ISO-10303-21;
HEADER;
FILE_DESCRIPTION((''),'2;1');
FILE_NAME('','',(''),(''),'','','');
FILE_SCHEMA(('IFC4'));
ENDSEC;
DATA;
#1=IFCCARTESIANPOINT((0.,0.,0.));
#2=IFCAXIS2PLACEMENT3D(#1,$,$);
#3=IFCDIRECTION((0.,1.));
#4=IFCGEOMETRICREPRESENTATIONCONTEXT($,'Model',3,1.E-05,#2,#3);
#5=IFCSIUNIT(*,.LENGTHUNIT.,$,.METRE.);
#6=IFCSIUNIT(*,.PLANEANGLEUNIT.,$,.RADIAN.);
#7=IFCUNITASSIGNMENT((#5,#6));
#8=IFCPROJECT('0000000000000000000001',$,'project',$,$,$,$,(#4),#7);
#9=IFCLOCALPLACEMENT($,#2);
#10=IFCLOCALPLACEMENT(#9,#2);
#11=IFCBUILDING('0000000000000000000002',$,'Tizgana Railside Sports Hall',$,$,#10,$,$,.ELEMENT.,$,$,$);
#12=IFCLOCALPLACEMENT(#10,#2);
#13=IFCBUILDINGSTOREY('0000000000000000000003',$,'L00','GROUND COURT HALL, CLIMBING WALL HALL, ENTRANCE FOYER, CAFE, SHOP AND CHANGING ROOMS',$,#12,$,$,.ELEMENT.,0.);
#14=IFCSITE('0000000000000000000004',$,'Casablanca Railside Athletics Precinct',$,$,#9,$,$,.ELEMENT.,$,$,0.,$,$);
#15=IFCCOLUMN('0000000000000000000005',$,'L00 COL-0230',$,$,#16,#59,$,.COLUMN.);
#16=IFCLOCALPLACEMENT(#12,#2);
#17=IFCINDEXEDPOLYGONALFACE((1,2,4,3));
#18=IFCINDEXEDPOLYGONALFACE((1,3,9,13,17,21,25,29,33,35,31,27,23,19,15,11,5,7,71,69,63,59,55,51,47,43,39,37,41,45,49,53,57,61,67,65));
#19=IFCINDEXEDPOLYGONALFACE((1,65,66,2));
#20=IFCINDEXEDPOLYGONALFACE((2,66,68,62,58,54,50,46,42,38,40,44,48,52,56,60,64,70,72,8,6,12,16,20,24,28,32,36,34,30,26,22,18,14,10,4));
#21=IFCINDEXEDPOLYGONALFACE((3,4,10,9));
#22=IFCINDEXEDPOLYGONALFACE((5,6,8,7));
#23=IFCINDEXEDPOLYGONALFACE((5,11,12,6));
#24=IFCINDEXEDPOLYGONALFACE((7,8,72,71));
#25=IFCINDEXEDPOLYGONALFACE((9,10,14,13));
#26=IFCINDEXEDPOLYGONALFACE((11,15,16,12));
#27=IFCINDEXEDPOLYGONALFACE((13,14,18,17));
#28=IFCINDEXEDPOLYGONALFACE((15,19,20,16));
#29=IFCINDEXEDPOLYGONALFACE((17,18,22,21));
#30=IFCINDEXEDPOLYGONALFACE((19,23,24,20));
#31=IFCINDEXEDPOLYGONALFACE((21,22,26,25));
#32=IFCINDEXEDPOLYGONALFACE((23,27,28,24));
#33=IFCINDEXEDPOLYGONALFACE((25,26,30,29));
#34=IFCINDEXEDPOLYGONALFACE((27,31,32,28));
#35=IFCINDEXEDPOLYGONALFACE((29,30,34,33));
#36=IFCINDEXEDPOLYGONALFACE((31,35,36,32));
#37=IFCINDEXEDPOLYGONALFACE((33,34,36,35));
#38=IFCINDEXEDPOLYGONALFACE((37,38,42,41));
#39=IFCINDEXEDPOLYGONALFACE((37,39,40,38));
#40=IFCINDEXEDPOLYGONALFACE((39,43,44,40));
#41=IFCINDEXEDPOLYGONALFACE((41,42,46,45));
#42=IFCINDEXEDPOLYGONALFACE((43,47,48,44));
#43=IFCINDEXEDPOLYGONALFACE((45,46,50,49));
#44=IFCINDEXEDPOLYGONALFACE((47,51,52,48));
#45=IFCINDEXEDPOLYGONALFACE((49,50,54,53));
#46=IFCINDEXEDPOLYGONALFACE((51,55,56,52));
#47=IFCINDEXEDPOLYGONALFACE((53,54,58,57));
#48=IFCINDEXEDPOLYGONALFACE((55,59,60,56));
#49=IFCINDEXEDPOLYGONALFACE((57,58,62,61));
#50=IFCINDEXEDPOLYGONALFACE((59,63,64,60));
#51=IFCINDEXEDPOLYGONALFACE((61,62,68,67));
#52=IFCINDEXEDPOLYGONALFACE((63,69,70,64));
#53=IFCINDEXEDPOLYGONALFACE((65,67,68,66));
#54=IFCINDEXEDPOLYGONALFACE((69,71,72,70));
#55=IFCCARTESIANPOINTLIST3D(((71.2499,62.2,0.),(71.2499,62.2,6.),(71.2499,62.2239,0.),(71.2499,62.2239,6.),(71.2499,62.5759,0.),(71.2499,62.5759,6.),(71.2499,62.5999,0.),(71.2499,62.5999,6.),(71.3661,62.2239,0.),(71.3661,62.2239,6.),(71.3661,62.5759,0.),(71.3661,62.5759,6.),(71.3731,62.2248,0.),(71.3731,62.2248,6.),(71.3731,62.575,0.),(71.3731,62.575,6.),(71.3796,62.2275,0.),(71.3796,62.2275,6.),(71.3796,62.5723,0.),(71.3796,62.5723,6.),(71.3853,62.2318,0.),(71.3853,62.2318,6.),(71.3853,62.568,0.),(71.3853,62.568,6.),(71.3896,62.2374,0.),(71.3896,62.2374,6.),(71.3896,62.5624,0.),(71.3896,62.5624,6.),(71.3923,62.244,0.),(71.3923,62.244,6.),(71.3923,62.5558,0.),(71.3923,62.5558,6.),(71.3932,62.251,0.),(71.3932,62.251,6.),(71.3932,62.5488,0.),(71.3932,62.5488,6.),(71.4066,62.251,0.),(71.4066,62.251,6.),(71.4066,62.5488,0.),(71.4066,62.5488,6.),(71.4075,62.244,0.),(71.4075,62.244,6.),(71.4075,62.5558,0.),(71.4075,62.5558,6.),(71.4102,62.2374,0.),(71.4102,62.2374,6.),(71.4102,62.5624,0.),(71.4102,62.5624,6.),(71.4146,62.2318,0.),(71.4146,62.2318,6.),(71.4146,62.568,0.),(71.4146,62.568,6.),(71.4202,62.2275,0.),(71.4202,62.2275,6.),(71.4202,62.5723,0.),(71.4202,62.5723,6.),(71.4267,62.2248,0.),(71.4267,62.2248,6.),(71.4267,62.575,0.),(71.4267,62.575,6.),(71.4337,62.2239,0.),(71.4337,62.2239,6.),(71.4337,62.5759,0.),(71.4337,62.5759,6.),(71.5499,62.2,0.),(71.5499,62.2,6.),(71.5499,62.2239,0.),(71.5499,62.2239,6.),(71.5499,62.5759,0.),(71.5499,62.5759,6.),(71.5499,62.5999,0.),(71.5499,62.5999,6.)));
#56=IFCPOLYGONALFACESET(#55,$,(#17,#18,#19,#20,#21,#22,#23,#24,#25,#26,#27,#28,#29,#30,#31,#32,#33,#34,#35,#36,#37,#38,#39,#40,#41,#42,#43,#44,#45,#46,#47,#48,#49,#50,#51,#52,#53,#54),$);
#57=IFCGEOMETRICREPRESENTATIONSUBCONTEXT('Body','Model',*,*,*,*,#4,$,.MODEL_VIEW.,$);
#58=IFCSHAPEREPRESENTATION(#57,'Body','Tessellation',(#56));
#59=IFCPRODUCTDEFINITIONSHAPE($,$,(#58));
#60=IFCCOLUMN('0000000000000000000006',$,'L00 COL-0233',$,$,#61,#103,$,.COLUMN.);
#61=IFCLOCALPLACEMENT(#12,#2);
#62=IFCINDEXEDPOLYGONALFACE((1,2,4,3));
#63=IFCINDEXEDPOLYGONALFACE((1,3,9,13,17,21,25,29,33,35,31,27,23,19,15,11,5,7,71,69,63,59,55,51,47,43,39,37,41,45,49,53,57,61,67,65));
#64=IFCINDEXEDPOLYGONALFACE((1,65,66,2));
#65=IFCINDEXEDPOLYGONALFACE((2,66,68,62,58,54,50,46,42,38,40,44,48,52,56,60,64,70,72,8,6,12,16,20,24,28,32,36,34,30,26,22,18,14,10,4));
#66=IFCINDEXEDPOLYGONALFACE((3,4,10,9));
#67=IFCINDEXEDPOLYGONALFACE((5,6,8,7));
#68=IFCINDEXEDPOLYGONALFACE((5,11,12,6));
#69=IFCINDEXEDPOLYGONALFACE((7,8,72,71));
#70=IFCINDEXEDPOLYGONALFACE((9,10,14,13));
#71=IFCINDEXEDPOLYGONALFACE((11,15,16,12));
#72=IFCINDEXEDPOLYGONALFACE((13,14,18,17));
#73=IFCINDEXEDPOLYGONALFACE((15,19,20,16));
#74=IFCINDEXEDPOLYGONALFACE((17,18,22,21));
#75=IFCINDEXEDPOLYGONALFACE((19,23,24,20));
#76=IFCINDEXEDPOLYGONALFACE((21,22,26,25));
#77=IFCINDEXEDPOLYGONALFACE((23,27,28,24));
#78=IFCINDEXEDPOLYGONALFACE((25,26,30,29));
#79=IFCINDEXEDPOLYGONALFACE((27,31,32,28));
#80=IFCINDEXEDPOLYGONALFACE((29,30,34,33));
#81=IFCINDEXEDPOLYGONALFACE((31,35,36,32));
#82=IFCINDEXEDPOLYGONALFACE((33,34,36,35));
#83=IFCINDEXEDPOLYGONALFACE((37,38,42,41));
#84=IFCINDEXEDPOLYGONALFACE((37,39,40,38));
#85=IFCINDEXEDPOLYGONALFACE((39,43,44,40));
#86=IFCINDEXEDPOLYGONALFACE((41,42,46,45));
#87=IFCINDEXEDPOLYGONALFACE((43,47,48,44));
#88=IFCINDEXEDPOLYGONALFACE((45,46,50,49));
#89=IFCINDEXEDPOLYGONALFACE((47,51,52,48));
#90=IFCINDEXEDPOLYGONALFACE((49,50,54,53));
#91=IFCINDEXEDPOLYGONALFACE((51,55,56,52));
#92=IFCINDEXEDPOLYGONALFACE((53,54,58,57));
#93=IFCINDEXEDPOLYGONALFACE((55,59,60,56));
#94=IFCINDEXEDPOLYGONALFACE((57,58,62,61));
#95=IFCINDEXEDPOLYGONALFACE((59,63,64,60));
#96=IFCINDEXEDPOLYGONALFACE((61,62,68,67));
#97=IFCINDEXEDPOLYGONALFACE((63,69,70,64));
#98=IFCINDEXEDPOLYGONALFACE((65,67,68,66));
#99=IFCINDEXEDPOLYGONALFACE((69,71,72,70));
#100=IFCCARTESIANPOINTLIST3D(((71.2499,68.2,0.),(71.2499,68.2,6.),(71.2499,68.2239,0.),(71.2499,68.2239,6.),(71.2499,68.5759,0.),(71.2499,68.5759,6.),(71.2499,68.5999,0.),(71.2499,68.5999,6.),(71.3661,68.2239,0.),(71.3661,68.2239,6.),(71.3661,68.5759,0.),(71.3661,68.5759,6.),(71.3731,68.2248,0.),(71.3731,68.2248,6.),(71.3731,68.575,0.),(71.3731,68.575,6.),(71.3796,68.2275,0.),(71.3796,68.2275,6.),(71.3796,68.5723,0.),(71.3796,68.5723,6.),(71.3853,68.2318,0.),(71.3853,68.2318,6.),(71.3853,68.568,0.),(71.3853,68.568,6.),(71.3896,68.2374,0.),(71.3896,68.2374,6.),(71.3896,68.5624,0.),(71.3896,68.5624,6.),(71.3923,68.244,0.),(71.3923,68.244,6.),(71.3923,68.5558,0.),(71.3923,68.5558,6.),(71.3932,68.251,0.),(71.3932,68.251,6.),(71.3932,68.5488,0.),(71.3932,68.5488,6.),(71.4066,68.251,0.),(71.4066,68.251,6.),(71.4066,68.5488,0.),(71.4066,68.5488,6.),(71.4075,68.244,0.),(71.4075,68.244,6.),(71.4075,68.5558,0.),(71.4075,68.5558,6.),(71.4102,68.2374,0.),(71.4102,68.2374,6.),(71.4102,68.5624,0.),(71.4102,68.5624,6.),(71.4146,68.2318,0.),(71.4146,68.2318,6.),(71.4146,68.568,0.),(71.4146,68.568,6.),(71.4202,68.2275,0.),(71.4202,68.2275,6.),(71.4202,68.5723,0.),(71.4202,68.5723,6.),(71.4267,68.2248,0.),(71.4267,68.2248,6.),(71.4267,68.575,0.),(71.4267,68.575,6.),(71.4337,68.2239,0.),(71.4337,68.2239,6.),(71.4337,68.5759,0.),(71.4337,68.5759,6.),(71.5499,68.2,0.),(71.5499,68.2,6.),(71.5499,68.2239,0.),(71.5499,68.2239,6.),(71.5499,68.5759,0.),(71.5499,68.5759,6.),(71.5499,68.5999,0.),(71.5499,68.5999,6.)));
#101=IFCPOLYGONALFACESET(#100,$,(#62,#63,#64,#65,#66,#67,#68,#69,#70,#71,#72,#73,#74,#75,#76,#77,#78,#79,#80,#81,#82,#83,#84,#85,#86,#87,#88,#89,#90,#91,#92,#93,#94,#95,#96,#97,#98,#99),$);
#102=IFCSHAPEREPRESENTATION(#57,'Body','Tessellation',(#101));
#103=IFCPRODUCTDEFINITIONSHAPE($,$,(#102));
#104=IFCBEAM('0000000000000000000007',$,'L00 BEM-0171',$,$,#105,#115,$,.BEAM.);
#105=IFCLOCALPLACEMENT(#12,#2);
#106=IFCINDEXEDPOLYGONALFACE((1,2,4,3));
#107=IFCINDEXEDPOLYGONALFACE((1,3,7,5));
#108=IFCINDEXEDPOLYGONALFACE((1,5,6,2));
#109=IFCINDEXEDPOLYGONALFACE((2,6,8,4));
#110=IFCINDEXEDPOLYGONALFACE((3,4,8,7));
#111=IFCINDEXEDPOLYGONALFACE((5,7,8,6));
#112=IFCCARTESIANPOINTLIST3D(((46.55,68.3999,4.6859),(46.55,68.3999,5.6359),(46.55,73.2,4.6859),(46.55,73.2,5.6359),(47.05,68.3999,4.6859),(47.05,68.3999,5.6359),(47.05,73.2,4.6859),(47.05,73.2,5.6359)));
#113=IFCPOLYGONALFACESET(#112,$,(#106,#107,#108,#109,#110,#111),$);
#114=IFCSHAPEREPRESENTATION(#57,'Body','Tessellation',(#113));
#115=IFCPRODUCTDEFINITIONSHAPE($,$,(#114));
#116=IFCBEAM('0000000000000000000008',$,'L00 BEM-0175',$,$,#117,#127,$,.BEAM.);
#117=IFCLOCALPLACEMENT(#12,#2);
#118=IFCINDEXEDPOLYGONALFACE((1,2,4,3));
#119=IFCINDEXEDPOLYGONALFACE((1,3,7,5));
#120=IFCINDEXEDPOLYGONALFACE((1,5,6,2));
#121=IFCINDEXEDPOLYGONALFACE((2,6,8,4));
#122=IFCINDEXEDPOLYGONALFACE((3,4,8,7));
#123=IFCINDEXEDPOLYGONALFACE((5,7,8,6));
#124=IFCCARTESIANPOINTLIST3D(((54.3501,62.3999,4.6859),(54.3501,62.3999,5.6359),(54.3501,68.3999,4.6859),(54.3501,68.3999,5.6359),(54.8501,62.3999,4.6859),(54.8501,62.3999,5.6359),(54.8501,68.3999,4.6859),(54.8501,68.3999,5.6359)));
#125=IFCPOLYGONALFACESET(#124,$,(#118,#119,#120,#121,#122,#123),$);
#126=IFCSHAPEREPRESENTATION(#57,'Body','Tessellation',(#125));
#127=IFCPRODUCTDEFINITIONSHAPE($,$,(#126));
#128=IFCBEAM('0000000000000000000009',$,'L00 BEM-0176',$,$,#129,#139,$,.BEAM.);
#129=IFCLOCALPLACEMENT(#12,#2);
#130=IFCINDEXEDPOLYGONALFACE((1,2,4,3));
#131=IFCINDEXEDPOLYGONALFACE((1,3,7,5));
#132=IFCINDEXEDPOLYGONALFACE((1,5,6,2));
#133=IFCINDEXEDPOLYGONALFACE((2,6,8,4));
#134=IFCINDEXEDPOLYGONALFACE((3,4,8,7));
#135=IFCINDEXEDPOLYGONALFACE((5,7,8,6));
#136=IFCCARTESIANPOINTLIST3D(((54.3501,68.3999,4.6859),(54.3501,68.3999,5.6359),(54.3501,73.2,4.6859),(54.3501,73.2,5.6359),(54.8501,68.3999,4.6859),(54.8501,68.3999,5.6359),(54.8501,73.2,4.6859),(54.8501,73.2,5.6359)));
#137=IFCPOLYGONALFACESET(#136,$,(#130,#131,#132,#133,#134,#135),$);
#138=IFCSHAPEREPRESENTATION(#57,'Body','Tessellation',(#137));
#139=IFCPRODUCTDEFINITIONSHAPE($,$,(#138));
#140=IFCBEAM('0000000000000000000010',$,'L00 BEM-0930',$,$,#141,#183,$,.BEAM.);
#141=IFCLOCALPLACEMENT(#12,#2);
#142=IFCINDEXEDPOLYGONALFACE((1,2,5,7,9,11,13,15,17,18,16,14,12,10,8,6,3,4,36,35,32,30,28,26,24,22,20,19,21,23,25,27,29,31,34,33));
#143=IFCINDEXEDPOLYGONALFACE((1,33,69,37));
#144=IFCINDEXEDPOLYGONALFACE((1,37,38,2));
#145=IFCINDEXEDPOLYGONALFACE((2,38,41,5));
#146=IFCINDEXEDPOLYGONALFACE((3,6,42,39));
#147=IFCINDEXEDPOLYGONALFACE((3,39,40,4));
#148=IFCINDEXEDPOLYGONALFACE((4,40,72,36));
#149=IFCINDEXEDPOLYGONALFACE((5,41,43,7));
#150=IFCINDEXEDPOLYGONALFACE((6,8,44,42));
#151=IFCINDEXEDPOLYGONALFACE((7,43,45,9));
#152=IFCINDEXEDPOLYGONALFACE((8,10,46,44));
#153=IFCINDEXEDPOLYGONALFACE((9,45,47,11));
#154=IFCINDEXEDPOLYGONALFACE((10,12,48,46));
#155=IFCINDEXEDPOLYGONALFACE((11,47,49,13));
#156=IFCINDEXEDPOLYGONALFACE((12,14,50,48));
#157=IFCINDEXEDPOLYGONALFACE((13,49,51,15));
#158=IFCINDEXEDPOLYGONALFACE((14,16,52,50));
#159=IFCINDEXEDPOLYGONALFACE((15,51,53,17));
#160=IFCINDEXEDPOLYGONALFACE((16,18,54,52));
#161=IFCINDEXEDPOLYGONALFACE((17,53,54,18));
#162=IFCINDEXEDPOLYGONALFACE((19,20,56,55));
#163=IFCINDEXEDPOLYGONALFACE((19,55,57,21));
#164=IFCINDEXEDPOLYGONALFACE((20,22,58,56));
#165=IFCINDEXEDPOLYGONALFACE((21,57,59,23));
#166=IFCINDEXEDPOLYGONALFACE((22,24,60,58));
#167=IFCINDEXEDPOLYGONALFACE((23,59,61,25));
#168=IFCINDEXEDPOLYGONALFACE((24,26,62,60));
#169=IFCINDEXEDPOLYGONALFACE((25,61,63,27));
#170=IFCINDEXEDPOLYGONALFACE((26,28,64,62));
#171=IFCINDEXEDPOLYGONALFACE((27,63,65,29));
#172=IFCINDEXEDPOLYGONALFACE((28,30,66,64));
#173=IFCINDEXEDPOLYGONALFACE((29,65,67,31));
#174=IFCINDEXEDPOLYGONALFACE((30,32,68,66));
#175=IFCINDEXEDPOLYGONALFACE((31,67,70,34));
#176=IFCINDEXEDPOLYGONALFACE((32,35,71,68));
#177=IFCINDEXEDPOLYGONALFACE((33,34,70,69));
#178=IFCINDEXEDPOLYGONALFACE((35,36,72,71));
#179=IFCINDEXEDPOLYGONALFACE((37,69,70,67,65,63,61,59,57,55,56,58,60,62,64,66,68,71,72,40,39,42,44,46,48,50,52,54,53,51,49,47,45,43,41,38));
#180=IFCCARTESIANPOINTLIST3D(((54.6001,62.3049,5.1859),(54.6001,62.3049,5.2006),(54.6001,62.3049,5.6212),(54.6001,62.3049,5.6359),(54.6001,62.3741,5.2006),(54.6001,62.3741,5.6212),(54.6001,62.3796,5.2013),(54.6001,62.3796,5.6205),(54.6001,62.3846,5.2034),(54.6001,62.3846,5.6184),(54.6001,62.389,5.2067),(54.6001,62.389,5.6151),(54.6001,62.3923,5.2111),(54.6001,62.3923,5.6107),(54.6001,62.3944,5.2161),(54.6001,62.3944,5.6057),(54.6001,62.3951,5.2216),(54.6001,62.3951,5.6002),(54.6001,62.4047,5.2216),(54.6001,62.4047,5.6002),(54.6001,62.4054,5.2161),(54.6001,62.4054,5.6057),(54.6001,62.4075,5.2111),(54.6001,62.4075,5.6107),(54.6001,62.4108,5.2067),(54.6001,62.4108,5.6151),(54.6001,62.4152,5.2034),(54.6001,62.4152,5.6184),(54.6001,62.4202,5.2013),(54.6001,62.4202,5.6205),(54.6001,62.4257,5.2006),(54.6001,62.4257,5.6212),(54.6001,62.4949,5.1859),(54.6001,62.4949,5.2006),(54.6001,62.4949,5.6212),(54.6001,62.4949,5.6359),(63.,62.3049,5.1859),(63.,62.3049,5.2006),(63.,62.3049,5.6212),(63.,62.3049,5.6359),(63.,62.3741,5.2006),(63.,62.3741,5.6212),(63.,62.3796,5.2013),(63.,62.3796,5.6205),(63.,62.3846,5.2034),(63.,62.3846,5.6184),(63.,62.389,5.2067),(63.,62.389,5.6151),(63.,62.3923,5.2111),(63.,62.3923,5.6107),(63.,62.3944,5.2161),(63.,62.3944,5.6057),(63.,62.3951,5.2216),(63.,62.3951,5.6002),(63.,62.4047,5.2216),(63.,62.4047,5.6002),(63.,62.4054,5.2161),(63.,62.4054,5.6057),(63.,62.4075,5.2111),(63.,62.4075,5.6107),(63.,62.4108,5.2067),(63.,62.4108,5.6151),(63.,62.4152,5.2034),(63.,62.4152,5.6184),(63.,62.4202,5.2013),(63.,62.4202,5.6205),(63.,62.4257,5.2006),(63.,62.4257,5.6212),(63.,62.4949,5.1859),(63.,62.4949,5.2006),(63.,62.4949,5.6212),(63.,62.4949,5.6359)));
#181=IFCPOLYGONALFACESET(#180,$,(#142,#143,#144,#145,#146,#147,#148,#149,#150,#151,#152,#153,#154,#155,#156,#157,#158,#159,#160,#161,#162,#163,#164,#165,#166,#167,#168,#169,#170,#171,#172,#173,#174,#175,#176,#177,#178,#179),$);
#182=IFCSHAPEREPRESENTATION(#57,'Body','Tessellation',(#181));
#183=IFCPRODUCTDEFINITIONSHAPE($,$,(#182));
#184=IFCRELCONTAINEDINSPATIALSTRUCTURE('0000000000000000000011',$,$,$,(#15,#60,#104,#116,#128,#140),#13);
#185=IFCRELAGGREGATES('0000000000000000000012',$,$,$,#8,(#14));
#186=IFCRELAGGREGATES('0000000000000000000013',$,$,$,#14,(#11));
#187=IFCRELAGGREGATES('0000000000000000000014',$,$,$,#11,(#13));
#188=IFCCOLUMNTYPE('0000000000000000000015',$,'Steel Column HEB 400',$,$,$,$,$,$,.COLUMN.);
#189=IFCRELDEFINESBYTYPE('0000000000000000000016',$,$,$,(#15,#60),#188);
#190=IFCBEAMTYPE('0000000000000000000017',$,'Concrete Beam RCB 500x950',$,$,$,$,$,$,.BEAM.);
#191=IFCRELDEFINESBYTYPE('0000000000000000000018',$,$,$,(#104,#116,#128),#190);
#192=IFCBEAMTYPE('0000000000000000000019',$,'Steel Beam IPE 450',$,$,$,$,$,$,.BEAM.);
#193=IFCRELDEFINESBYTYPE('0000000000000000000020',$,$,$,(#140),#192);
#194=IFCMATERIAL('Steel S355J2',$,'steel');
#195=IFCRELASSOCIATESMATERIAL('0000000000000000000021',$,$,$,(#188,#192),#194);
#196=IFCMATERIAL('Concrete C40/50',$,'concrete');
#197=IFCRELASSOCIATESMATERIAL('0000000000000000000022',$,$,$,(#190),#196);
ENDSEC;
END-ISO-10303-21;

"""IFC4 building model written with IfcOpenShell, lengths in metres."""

from ifc_helpers import new_model, si_unit, direction, frame, origin, origin_2d, place, context, subcontext, project, spatial, rectangle, i_section, extrude, material, material_profile, profile_set, type_object, element, save


model = new_model("IFC4")

# Units and contexts
model_context = context("Model", 3, precision=1e-05, world=origin(), true_north=direction((0.0, 1.0)))
body_context = subcontext(model_context, "Body", "Model", "MODEL_VIEW")
ifc_project = project(units=[si_unit("LENGTHUNIT", "METRE"), si_unit("PLANEANGLEUNIT", "RADIAN")], contexts=[model_context])

# Site, building, storey
site_placement = place(None, origin())
site = spatial("IfcSite", under=ifc_project, at=site_placement, Name="Casablanca Railside Athletics Precinct", CompositionType="ELEMENT", RefElevation=0.0)
building_placement = place(site_placement, origin())
building = spatial("IfcBuilding", under=site, at=building_placement, Name="Tizgana Railside Sports Hall", CompositionType="ELEMENT")
storey_placement = place(building_placement, origin())
storey = spatial("IfcBuildingStorey", under=building, at=storey_placement, Name="L00", Description="GROUND COURT HALL, CLIMBING WALL HALL, ENTRANCE FOYER, CAFE, SHOP AND CHANGING ROOMS", CompositionType="ELEMENT", Elevation=0.0)

# Columns
ifc_material_1 = material(Name="Concrete C40/50", Category="concrete")
ifc_material_2 = material(Name="Steel S355J2", Category="steel")
ifc_material_profile_1 = material_profile(ifc_material_2, i_section(OverallWidth=0.3, OverallDepth=0.3999, WebThickness=0.0134, FlangeThickness=0.0239, FilletRadius=0.0271, at=origin_2d()), Name="HEB 400")
ifc_profile_set_1 = profile_set([ifc_material_profile_1], Name="Steel S355J2")
column_type_1 = type_object("IfcColumnType", Name="Steel Column HEB 400", PredefinedType="COLUMN", material=ifc_profile_set_1)
for number, where, z_axis, x_axis, name in (
    (1, (71.3999, 62.3999, 0.0), (0.0, 0.0, 1.0), (1.0, 0.0, 0.0), "L00 COL-0230"),
    (2, (71.3999, 68.3999, 0.0), (0.0, 0.0, 1.0), (1.0, 0.0, 0.0), "L00 COL-0233"),
):
    element("IfcColumn", number, at=place(storey_placement, frame(where, z_axis=z_axis, x_axis=x_axis)), inside=storey, type_object=column_type_1, Name=name, PredefinedType="COLUMN", context=body_context, shape_type="SweptSolid", body=[
        extrude(i_section(OverallWidth=0.3, OverallDepth=0.3999, WebThickness=0.0134, FlangeThickness=0.0239, FilletRadius=0.0271, at=origin_2d()), origin(), (0.0, 0.0, 1.0), 6.0),
    ])

# Beams
ifc_material_profile_2 = material_profile(ifc_material_1, rectangle(XDim=0.5, YDim=0.95, at=origin_2d()), Name="RCB 500x950")
ifc_profile_set_2 = profile_set([ifc_material_profile_2], Name="Concrete C40/50")
beam_type_1 = type_object("IfcBeamType", Name="Concrete Beam RCB 500x950", PredefinedType="BEAM", material=ifc_profile_set_2)
beam_1_placement = place(storey_placement, frame((46.8, 68.3999, 5.1609), z_axis=(0.0, 1.0, 0.0), x_axis=(-1.0, 0.0, 0.0)))
element("IfcBeam", 3, at=beam_1_placement, inside=storey, type_object=beam_type_1, Name="L00 BEM-0171", PredefinedType="BEAM", context=body_context, shape_type="SweptSolid", body=[
    extrude(rectangle(XDim=0.5, YDim=0.95, at=origin_2d()), origin(), (0.0, 0.0, 1.0), 4.8),
])
beam_2_placement = place(storey_placement, frame((54.6001, 62.3999, 5.1609), z_axis=(0.0, 1.0, 0.0), x_axis=(-1.0, 0.0, 0.0)))
element("IfcBeam", 4, at=beam_2_placement, inside=storey, type_object=beam_type_1, Name="L00 BEM-0175", PredefinedType="BEAM", context=body_context, shape_type="SweptSolid", body=[
    extrude(rectangle(XDim=0.5, YDim=0.95, at=origin_2d()), origin(), (0.0, 0.0, 1.0), 6.0),
])
beam_3_placement = place(storey_placement, frame((54.6001, 68.3999, 5.1609), z_axis=(0.0, 1.0, 0.0), x_axis=(-1.0, 0.0, 0.0)))
element("IfcBeam", 5, at=beam_3_placement, inside=storey, type_object=beam_type_1, Name="L00 BEM-0176", PredefinedType="BEAM", context=body_context, shape_type="SweptSolid", body=[
    extrude(rectangle(XDim=0.5, YDim=0.95, at=origin_2d()), origin(), (0.0, 0.0, 1.0), 4.8),
])
ifc_material_profile_3 = material_profile(ifc_material_2, i_section(OverallWidth=0.1899, OverallDepth=0.45, WebThickness=0.0095, FlangeThickness=0.0146, FilletRadius=0.021, at=origin_2d()), Name="IPE 450")
ifc_profile_set_3 = profile_set([ifc_material_profile_3], Name="Steel S355J2")
beam_type_2 = type_object("IfcBeamType", Name="Steel Beam IPE 450", PredefinedType="BEAM", material=ifc_profile_set_3)
for number, where, z_axis, x_axis, name in (
    (6, (54.6001, 62.3999, 5.4109), (1.0, 0.0, 0.0), (0.0, 1.0, 0.0), "L00 BEM-0930"),
):
    element("IfcBeam", number, at=place(storey_placement, frame(where, z_axis=z_axis, x_axis=x_axis)), inside=storey, type_object=beam_type_2, Name=name, PredefinedType="BEAM", context=body_context, shape_type="SweptSolid", body=[
        extrude(i_section(OverallWidth=0.1899, OverallDepth=0.45, WebThickness=0.0095, FlangeThickness=0.0146, FilletRadius=0.021, at=origin_2d()), origin(), (0.0, 0.0, 1.0), 8.3999),
    ])

save(model, "model.ifc")
